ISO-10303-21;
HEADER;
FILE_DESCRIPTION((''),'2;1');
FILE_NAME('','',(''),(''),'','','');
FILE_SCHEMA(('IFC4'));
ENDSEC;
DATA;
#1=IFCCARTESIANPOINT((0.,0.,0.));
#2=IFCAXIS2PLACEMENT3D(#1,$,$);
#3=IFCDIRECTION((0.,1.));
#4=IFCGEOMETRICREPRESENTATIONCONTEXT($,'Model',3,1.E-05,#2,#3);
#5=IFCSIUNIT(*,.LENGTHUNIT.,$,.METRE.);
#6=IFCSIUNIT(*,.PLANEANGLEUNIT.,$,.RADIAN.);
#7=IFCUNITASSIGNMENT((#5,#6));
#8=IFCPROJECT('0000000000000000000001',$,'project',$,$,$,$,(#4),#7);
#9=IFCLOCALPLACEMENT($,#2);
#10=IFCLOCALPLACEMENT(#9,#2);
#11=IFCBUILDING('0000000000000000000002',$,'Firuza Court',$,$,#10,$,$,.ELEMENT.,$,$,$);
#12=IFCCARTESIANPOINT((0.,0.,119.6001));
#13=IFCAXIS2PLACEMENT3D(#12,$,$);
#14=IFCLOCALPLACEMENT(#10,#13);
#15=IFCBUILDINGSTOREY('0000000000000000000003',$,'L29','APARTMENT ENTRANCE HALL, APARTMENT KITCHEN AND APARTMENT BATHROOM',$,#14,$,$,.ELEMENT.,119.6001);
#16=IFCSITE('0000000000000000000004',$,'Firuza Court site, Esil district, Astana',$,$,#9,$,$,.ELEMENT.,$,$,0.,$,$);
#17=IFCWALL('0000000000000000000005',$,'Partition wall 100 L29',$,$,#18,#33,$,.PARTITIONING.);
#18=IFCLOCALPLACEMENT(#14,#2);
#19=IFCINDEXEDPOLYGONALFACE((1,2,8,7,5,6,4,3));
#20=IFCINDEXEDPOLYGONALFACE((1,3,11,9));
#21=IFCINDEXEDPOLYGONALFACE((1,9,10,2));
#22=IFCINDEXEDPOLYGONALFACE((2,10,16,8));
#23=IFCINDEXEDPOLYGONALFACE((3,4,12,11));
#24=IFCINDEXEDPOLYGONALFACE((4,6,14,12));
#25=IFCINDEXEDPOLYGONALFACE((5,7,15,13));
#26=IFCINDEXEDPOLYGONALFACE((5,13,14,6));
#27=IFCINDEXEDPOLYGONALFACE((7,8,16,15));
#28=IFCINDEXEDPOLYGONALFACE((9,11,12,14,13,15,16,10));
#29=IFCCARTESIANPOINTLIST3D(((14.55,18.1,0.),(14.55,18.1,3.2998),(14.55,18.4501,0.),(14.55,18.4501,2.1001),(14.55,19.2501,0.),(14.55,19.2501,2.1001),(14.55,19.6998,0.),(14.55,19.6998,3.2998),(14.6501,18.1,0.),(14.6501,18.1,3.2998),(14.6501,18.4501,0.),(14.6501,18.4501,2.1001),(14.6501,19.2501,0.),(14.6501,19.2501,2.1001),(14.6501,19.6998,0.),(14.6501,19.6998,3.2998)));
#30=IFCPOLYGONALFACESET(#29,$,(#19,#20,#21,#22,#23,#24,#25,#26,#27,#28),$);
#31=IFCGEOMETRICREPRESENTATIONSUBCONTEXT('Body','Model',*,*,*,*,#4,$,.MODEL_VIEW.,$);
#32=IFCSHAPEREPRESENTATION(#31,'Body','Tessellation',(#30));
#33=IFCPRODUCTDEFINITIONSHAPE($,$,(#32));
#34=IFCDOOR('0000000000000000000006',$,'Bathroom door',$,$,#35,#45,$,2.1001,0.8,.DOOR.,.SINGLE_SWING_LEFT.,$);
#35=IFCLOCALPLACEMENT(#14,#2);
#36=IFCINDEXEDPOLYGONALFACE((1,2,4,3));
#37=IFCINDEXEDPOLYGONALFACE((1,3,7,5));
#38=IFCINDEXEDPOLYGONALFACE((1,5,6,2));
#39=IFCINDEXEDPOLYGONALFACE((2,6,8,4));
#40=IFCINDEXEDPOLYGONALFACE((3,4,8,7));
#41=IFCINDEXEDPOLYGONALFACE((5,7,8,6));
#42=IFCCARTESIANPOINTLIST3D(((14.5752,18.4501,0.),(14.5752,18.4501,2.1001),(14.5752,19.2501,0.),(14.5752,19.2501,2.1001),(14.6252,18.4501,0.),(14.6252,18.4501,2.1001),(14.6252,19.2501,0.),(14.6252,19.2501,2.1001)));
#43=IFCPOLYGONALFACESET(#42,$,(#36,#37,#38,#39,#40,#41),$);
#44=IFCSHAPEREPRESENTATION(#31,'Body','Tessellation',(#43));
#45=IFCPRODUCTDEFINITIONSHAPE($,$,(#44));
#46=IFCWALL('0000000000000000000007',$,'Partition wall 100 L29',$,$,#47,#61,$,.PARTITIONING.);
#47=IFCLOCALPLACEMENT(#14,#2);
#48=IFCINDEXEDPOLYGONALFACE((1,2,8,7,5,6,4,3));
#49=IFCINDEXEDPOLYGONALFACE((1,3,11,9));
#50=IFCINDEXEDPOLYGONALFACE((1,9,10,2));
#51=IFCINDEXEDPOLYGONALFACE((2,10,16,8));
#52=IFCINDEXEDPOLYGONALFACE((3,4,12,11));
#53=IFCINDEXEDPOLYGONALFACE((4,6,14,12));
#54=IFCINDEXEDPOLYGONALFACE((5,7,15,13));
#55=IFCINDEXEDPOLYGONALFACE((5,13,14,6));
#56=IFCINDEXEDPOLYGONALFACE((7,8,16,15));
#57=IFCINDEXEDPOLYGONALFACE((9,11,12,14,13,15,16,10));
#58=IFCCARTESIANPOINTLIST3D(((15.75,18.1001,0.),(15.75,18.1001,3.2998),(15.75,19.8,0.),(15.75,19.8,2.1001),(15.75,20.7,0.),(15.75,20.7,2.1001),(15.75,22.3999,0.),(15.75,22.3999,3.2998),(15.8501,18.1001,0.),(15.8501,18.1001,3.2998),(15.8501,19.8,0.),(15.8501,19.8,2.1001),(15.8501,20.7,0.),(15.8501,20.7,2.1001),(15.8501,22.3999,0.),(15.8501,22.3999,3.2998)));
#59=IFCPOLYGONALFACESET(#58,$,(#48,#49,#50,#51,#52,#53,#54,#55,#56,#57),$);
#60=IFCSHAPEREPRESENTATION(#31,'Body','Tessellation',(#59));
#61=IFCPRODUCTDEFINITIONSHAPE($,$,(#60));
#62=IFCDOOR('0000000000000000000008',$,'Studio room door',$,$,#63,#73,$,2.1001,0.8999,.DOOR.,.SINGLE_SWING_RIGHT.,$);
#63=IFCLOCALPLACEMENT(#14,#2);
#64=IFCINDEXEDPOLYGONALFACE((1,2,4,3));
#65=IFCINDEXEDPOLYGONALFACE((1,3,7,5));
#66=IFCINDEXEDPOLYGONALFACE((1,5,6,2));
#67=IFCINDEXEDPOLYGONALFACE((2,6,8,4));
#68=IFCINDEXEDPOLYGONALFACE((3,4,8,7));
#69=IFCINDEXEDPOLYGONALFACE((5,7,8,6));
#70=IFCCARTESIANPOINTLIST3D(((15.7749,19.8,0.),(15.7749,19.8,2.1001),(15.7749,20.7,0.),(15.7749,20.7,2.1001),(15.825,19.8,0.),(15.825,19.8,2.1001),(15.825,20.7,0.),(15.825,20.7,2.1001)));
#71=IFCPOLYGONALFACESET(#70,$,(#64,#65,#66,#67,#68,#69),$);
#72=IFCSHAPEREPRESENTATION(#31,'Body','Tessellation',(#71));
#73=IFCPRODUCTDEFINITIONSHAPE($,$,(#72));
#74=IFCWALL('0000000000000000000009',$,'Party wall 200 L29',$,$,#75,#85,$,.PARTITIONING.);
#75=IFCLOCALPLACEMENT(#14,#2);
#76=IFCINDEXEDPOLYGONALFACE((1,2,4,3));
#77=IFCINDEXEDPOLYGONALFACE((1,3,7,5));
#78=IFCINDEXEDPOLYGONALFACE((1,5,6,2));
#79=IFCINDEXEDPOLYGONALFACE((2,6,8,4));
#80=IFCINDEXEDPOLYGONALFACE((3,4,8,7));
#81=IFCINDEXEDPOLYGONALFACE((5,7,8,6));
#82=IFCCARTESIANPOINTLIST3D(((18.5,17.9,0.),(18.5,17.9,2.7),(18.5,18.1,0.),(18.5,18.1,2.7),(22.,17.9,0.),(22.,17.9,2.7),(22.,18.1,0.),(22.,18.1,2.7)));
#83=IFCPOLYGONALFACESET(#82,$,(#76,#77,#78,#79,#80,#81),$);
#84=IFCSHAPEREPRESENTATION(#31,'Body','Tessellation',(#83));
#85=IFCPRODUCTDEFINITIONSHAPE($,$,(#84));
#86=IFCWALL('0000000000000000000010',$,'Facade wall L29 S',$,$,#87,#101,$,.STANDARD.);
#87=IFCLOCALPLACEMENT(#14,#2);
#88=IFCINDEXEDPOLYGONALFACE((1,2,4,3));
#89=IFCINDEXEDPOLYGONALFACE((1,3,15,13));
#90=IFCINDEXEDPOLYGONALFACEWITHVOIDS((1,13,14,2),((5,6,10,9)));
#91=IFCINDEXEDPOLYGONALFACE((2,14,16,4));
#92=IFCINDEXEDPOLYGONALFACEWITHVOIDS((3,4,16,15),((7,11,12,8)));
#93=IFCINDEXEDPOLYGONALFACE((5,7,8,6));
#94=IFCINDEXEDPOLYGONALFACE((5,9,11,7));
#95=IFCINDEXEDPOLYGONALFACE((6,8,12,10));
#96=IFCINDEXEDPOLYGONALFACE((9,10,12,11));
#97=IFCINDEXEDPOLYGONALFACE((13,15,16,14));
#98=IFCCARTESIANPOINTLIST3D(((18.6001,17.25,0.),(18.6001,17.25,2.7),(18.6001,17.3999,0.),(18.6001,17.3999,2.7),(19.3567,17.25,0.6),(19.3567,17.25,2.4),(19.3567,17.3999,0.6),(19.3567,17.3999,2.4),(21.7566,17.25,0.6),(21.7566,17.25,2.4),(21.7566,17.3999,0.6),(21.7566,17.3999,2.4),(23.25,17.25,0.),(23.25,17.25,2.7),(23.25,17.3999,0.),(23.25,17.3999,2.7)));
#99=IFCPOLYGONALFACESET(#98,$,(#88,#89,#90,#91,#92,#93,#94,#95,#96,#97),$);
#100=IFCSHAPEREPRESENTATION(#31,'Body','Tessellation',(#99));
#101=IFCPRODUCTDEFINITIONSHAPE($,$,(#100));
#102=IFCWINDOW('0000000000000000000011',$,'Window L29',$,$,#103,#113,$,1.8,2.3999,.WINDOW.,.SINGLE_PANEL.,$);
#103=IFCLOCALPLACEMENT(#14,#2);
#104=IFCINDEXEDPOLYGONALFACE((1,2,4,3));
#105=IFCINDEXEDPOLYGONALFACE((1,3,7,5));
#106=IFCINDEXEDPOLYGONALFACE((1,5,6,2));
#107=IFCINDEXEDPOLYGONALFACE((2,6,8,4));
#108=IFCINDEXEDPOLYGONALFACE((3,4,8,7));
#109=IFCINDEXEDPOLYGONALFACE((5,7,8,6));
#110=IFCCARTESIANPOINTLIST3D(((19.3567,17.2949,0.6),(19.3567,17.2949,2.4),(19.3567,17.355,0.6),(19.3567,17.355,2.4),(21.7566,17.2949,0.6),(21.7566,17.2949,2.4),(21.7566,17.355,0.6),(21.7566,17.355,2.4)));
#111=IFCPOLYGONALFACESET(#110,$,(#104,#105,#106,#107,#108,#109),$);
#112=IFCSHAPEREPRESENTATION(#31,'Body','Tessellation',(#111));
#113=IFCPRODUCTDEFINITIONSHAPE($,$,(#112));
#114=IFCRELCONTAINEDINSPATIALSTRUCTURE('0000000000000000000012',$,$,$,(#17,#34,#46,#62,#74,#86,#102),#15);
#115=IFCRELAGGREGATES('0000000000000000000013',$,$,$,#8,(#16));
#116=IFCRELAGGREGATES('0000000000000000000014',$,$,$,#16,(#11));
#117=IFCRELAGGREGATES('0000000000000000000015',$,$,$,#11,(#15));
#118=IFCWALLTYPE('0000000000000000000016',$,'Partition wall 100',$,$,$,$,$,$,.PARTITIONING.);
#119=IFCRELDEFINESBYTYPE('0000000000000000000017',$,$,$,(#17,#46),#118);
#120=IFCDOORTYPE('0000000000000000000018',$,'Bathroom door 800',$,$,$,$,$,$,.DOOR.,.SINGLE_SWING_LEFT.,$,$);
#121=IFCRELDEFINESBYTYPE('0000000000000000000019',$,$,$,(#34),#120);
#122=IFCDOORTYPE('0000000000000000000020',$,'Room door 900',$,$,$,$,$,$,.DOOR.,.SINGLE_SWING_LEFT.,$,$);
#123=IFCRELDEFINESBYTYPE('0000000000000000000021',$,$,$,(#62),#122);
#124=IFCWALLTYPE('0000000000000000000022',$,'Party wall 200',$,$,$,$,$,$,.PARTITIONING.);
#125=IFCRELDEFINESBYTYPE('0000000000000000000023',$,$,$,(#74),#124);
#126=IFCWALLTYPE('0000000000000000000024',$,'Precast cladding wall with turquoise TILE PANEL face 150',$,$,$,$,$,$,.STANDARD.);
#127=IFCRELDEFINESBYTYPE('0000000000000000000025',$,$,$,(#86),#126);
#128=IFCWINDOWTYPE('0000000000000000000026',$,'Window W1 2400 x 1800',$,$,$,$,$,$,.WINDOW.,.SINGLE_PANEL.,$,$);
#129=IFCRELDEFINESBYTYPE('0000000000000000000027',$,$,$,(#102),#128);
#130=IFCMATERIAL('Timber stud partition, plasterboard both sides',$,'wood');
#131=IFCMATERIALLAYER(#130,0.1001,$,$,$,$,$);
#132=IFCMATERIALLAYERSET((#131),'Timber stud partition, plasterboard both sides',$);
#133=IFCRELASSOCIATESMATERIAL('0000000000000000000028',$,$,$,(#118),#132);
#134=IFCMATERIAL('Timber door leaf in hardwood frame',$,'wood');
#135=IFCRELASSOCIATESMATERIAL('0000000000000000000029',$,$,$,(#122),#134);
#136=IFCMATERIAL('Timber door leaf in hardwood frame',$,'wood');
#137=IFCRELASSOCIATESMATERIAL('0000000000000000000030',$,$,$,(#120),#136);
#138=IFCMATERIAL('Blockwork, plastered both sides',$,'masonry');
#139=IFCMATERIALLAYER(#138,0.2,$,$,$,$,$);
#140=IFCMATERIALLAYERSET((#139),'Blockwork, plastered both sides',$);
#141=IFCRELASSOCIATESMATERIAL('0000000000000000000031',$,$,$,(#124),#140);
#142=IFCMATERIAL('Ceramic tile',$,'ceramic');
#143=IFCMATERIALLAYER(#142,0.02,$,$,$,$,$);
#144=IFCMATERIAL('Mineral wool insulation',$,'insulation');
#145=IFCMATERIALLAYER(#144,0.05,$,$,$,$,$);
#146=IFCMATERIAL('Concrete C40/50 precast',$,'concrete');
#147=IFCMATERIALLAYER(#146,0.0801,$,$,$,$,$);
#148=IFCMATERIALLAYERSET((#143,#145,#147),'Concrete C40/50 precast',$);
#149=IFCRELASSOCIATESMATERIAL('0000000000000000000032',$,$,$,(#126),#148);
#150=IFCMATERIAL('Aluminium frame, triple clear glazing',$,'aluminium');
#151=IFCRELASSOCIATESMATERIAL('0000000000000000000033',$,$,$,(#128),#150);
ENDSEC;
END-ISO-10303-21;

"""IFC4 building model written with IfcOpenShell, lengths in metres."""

from ifc_helpers import new_model, si_unit, direction, frame, frame_2d, origin, place, context, subcontext, project, spatial, rectangle, extrude, material, layer, layer_set, type_object, element, fill, save


model = new_model("IFC4")

# Units and contexts
model_context = context("Model", 3, precision=1e-05, world=origin(), true_north=direction((0.0, 1.0)))
body_context = subcontext(model_context, "Body", "Model", "MODEL_VIEW")
ifc_project = project(units=[si_unit("LENGTHUNIT", "METRE"), si_unit("PLANEANGLEUNIT", "RADIAN")], contexts=[model_context])

# Site, building, storey
site_placement = place(None, origin())
site = spatial("IfcSite", under=ifc_project, at=site_placement, Name="Firuza Court site, Esil district, Astana", CompositionType="ELEMENT", RefElevation=0.0)
building_placement = place(site_placement, origin())
building = spatial("IfcBuilding", under=site, at=building_placement, Name="Firuza Court", CompositionType="ELEMENT")
storey_placement = place(building_placement, frame((0.0, 0.0, 119.6001)))
storey = spatial("IfcBuildingStorey", under=building, at=storey_placement, Name="L29", Description="APARTMENT ENTRANCE HALL, APARTMENT KITCHEN AND APARTMENT BATHROOM", CompositionType="ELEMENT", Elevation=119.6001)

# Shared definitions
ifc_material_1 = material(Name="Timber stud partition, plasterboard both sides", Category="wood")
ifc_layer_1 = layer(ifc_material_1, 0.1001)
ifc_layer_set_1 = layer_set([ifc_layer_1], Name="Timber stud partition, plasterboard both sides")
wall_type_1 = type_object("IfcWallType", Name="Partition wall 100", PredefinedType="PARTITIONING", material=ifc_layer_set_1)
ifc_material_2 = material(Name="Timber door leaf in hardwood frame", Category="wood")
door_type_1 = type_object("IfcDoorType", Name="Room door 900", OperationType="SINGLE_SWING_LEFT", PredefinedType="DOOR", material=ifc_material_2)

# Walls, openings, doors
ifc_material_3 = material(Name="Timber door leaf in hardwood frame", Category="wood")
door_type_2 = type_object("IfcDoorType", Name="Bathroom door 800", OperationType="SINGLE_SWING_LEFT", PredefinedType="DOOR", material=ifc_material_3)
wall_1_placement = place(storey_placement, frame((14.6001, 18.1001, 0.0), z_axis=(0.0, 0.0, 1.0), x_axis=(0.0, 1.0, 0.0)))
wall_1 = element("IfcWall", 1, at=wall_1_placement, inside=storey, type_object=wall_type_1, Name="Partition wall 100 L29", PredefinedType="PARTITIONING", context=body_context, shape_type="SweptSolid", body=[
    extrude(rectangle(XDim=1.5999, YDim=0.1001, at=frame_2d((0.7998, 0.0))), origin(), (0.0, 0.0, 1.0), 3.2998),
])
opening_1_placement = place(wall_1_placement, frame((0.3501, 0.0, 0.0)))
opening_1 = element("IfcOpeningElement", 2, at=opening_1_placement, cuts=wall_1, PredefinedType="OPENING", context=body_context, shape_type="SweptSolid", body=[
    extrude(rectangle(XDim=0.8, YDim=2.1001, at=frame_2d((0.3999, 1.05))), frame((0.0, 0.062, 0.0), z_axis=(0.0, -1.0, 0.0), x_axis=(1.0, 0.0, 0.0)), (0.0, 0.0, 1.0), 0.124),
])
door_1_placement = place(opening_1_placement, origin())
door_1 = element("IfcDoor", 3, at=door_1_placement, inside=storey, type_object=door_type_2, Name="Bathroom door", OperationType="SINGLE_SWING_LEFT", OverallHeight=2.1001, OverallWidth=0.8, PredefinedType="DOOR", context=body_context, shape_type="SweptSolid", body=[
    extrude(rectangle(XDim=0.8, YDim=2.1001, at=frame_2d((0.3999, 1.05))), frame((0.0, 0.0249, 0.0), z_axis=(0.0, -1.0, 0.0), x_axis=(1.0, 0.0, 0.0)), (0.0, 0.0, 1.0), 0.05),
])
fill(opening_1, door_1)
wall_2_placement = place(storey_placement, frame((15.8, 18.1001, 0.0), z_axis=(0.0, 0.0, 1.0), x_axis=(0.0, 1.0, 0.0)))
wall_2 = element("IfcWall", 4, at=wall_2_placement, inside=storey, type_object=wall_type_1, Name="Partition wall 100 L29", PredefinedType="PARTITIONING", context=body_context, shape_type="SweptSolid", body=[
    extrude(rectangle(XDim=4.2998, YDim=0.1001, at=frame_2d((2.1499, 0.0))), origin(), (0.0, 0.0, 1.0), 3.2998),
])
opening_2_placement = place(wall_2_placement, frame((1.7, 0.0, 0.0)))
opening_2 = element("IfcOpeningElement", 5, at=opening_2_placement, cuts=wall_2, PredefinedType="OPENING", context=body_context, shape_type="SweptSolid", body=[
    extrude(rectangle(XDim=0.8999, YDim=2.1001, at=frame_2d((0.45, 1.05))), frame((0.0, 0.062, 0.0), z_axis=(0.0, -1.0, 0.0), x_axis=(1.0, 0.0, 0.0)), (0.0, 0.0, 1.0), 0.124),
])
door_2_placement = place(opening_2_placement, frame((0.8999, 0.0, 0.0), z_axis=(0.0, 0.0, 1.0), x_axis=(-1.0, 0.0, 0.0)))
door_2 = element("IfcDoor", 6, at=door_2_placement, inside=storey, type_object=door_type_1, Name="Studio room door", OperationType="SINGLE_SWING_RIGHT", OverallHeight=2.1001, OverallWidth=0.8999, PredefinedType="DOOR", context=body_context, shape_type="SweptSolid", body=[
    extrude(rectangle(XDim=0.8999, YDim=2.1001, at=frame_2d((0.45, 1.05))), frame((0.0, 0.0249, 0.0), z_axis=(0.0, -1.0, 0.0), x_axis=(1.0, 0.0, 0.0)), (0.0, 0.0, 1.0), 0.05),
])
fill(opening_2, door_2)

# Wall
ifc_material_4 = material(Name="Blockwork, plastered both sides", Category="masonry")
ifc_layer_2 = layer(ifc_material_4, 0.2)
ifc_layer_set_2 = layer_set([ifc_layer_2], Name="Blockwork, plastered both sides")
wall_type_2 = type_object("IfcWallType", Name="Party wall 200", PredefinedType="PARTITIONING", material=ifc_layer_set_2)
wall_3_placement = place(storey_placement, frame((18.5, 18.0, 0.0), z_axis=(0.0, 0.0, 1.0), x_axis=(1.0, 0.0, 0.0)))
element("IfcWall", 7, at=wall_3_placement, inside=storey, type_object=wall_type_2, Name="Party wall 200 L29", PredefinedType="PARTITIONING", context=body_context, shape_type="SweptSolid", body=[
    extrude(rectangle(XDim=3.5, YDim=0.2, at=frame_2d((1.75, 0.0))), origin(), (0.0, 0.0, 1.0), 2.7),
])

# Wall, opening, window
ifc_material_5 = material(Name="Ceramic tile", Category="ceramic")
ifc_layer_3 = layer(ifc_material_5, 0.02)
ifc_material_6 = material(Name="Mineral wool insulation", Category="insulation")
ifc_layer_4 = layer(ifc_material_6, 0.05)
ifc_material_7 = material(Name="Concrete C40/50 precast", Category="concrete")
ifc_layer_5 = layer(ifc_material_7, 0.0801)
ifc_layer_set_3 = layer_set([ifc_layer_3, ifc_layer_4, ifc_layer_5], Name="Concrete C40/50 precast")
wall_type_3 = type_object("IfcWallType", Name="Precast cladding wall with turquoise TILE PANEL face 150", PredefinedType="STANDARD", material=ifc_layer_set_3)
wall_4_placement = place(storey_placement, frame((18.6001, 17.325, 0.0), z_axis=(0.0, 0.0, 1.0), x_axis=(1.0, 0.0, 0.0)))
wall_4 = element("IfcWall", 8, at=wall_4_placement, inside=storey, type_object=wall_type_3, Name="Facade wall L29 S", PredefinedType="STANDARD", context=body_context, shape_type="SweptSolid", body=[
    extrude(rectangle(XDim=4.6499, YDim=0.1499, at=frame_2d((2.325, 0.0))), origin(), (0.0, 0.0, 1.0), 2.7),
])
opening_3_placement = place(wall_4_placement, frame((0.7566, 0.0, 0.6001)))
opening_3 = element("IfcOpeningElement", 9, at=opening_3_placement, cuts=wall_4, PredefinedType="OPENING", context=body_context, shape_type="SweptSolid", body=[
    extrude(rectangle(XDim=2.3999, YDim=1.8, at=frame_2d((1.2, 0.8999))), frame((0.0, 0.0869, 0.0), z_axis=(0.0, -1.0, 0.0), x_axis=(1.0, 0.0, 0.0)), (0.0, 0.0, 1.0), 0.1738),
])
ifc_material_8 = material(Name="Aluminium frame, triple clear glazing", Category="aluminium")
window_type = type_object("IfcWindowType", Name="Window W1 2400 x 1800", PartitioningType="SINGLE_PANEL", PredefinedType="WINDOW", material=ifc_material_8)
window_placement = place(opening_3_placement, origin())
window = element("IfcWindow", 10, at=window_placement, inside=storey, type_object=window_type, Name="Window L29", OverallHeight=1.8, OverallWidth=2.3999, PartitioningType="SINGLE_PANEL", PredefinedType="WINDOW", context=body_context, shape_type="SweptSolid", body=[
    extrude(rectangle(XDim=2.3999, YDim=1.8, at=frame_2d((1.2, 0.8999))), frame((0.0, 0.03, 0.0), z_axis=(0.0, -1.0, 0.0), x_axis=(1.0, 0.0, 0.0)), (0.0, 0.0, 1.0), 0.0601),
])
fill(opening_3, window)

save(model, "model.ifc")
